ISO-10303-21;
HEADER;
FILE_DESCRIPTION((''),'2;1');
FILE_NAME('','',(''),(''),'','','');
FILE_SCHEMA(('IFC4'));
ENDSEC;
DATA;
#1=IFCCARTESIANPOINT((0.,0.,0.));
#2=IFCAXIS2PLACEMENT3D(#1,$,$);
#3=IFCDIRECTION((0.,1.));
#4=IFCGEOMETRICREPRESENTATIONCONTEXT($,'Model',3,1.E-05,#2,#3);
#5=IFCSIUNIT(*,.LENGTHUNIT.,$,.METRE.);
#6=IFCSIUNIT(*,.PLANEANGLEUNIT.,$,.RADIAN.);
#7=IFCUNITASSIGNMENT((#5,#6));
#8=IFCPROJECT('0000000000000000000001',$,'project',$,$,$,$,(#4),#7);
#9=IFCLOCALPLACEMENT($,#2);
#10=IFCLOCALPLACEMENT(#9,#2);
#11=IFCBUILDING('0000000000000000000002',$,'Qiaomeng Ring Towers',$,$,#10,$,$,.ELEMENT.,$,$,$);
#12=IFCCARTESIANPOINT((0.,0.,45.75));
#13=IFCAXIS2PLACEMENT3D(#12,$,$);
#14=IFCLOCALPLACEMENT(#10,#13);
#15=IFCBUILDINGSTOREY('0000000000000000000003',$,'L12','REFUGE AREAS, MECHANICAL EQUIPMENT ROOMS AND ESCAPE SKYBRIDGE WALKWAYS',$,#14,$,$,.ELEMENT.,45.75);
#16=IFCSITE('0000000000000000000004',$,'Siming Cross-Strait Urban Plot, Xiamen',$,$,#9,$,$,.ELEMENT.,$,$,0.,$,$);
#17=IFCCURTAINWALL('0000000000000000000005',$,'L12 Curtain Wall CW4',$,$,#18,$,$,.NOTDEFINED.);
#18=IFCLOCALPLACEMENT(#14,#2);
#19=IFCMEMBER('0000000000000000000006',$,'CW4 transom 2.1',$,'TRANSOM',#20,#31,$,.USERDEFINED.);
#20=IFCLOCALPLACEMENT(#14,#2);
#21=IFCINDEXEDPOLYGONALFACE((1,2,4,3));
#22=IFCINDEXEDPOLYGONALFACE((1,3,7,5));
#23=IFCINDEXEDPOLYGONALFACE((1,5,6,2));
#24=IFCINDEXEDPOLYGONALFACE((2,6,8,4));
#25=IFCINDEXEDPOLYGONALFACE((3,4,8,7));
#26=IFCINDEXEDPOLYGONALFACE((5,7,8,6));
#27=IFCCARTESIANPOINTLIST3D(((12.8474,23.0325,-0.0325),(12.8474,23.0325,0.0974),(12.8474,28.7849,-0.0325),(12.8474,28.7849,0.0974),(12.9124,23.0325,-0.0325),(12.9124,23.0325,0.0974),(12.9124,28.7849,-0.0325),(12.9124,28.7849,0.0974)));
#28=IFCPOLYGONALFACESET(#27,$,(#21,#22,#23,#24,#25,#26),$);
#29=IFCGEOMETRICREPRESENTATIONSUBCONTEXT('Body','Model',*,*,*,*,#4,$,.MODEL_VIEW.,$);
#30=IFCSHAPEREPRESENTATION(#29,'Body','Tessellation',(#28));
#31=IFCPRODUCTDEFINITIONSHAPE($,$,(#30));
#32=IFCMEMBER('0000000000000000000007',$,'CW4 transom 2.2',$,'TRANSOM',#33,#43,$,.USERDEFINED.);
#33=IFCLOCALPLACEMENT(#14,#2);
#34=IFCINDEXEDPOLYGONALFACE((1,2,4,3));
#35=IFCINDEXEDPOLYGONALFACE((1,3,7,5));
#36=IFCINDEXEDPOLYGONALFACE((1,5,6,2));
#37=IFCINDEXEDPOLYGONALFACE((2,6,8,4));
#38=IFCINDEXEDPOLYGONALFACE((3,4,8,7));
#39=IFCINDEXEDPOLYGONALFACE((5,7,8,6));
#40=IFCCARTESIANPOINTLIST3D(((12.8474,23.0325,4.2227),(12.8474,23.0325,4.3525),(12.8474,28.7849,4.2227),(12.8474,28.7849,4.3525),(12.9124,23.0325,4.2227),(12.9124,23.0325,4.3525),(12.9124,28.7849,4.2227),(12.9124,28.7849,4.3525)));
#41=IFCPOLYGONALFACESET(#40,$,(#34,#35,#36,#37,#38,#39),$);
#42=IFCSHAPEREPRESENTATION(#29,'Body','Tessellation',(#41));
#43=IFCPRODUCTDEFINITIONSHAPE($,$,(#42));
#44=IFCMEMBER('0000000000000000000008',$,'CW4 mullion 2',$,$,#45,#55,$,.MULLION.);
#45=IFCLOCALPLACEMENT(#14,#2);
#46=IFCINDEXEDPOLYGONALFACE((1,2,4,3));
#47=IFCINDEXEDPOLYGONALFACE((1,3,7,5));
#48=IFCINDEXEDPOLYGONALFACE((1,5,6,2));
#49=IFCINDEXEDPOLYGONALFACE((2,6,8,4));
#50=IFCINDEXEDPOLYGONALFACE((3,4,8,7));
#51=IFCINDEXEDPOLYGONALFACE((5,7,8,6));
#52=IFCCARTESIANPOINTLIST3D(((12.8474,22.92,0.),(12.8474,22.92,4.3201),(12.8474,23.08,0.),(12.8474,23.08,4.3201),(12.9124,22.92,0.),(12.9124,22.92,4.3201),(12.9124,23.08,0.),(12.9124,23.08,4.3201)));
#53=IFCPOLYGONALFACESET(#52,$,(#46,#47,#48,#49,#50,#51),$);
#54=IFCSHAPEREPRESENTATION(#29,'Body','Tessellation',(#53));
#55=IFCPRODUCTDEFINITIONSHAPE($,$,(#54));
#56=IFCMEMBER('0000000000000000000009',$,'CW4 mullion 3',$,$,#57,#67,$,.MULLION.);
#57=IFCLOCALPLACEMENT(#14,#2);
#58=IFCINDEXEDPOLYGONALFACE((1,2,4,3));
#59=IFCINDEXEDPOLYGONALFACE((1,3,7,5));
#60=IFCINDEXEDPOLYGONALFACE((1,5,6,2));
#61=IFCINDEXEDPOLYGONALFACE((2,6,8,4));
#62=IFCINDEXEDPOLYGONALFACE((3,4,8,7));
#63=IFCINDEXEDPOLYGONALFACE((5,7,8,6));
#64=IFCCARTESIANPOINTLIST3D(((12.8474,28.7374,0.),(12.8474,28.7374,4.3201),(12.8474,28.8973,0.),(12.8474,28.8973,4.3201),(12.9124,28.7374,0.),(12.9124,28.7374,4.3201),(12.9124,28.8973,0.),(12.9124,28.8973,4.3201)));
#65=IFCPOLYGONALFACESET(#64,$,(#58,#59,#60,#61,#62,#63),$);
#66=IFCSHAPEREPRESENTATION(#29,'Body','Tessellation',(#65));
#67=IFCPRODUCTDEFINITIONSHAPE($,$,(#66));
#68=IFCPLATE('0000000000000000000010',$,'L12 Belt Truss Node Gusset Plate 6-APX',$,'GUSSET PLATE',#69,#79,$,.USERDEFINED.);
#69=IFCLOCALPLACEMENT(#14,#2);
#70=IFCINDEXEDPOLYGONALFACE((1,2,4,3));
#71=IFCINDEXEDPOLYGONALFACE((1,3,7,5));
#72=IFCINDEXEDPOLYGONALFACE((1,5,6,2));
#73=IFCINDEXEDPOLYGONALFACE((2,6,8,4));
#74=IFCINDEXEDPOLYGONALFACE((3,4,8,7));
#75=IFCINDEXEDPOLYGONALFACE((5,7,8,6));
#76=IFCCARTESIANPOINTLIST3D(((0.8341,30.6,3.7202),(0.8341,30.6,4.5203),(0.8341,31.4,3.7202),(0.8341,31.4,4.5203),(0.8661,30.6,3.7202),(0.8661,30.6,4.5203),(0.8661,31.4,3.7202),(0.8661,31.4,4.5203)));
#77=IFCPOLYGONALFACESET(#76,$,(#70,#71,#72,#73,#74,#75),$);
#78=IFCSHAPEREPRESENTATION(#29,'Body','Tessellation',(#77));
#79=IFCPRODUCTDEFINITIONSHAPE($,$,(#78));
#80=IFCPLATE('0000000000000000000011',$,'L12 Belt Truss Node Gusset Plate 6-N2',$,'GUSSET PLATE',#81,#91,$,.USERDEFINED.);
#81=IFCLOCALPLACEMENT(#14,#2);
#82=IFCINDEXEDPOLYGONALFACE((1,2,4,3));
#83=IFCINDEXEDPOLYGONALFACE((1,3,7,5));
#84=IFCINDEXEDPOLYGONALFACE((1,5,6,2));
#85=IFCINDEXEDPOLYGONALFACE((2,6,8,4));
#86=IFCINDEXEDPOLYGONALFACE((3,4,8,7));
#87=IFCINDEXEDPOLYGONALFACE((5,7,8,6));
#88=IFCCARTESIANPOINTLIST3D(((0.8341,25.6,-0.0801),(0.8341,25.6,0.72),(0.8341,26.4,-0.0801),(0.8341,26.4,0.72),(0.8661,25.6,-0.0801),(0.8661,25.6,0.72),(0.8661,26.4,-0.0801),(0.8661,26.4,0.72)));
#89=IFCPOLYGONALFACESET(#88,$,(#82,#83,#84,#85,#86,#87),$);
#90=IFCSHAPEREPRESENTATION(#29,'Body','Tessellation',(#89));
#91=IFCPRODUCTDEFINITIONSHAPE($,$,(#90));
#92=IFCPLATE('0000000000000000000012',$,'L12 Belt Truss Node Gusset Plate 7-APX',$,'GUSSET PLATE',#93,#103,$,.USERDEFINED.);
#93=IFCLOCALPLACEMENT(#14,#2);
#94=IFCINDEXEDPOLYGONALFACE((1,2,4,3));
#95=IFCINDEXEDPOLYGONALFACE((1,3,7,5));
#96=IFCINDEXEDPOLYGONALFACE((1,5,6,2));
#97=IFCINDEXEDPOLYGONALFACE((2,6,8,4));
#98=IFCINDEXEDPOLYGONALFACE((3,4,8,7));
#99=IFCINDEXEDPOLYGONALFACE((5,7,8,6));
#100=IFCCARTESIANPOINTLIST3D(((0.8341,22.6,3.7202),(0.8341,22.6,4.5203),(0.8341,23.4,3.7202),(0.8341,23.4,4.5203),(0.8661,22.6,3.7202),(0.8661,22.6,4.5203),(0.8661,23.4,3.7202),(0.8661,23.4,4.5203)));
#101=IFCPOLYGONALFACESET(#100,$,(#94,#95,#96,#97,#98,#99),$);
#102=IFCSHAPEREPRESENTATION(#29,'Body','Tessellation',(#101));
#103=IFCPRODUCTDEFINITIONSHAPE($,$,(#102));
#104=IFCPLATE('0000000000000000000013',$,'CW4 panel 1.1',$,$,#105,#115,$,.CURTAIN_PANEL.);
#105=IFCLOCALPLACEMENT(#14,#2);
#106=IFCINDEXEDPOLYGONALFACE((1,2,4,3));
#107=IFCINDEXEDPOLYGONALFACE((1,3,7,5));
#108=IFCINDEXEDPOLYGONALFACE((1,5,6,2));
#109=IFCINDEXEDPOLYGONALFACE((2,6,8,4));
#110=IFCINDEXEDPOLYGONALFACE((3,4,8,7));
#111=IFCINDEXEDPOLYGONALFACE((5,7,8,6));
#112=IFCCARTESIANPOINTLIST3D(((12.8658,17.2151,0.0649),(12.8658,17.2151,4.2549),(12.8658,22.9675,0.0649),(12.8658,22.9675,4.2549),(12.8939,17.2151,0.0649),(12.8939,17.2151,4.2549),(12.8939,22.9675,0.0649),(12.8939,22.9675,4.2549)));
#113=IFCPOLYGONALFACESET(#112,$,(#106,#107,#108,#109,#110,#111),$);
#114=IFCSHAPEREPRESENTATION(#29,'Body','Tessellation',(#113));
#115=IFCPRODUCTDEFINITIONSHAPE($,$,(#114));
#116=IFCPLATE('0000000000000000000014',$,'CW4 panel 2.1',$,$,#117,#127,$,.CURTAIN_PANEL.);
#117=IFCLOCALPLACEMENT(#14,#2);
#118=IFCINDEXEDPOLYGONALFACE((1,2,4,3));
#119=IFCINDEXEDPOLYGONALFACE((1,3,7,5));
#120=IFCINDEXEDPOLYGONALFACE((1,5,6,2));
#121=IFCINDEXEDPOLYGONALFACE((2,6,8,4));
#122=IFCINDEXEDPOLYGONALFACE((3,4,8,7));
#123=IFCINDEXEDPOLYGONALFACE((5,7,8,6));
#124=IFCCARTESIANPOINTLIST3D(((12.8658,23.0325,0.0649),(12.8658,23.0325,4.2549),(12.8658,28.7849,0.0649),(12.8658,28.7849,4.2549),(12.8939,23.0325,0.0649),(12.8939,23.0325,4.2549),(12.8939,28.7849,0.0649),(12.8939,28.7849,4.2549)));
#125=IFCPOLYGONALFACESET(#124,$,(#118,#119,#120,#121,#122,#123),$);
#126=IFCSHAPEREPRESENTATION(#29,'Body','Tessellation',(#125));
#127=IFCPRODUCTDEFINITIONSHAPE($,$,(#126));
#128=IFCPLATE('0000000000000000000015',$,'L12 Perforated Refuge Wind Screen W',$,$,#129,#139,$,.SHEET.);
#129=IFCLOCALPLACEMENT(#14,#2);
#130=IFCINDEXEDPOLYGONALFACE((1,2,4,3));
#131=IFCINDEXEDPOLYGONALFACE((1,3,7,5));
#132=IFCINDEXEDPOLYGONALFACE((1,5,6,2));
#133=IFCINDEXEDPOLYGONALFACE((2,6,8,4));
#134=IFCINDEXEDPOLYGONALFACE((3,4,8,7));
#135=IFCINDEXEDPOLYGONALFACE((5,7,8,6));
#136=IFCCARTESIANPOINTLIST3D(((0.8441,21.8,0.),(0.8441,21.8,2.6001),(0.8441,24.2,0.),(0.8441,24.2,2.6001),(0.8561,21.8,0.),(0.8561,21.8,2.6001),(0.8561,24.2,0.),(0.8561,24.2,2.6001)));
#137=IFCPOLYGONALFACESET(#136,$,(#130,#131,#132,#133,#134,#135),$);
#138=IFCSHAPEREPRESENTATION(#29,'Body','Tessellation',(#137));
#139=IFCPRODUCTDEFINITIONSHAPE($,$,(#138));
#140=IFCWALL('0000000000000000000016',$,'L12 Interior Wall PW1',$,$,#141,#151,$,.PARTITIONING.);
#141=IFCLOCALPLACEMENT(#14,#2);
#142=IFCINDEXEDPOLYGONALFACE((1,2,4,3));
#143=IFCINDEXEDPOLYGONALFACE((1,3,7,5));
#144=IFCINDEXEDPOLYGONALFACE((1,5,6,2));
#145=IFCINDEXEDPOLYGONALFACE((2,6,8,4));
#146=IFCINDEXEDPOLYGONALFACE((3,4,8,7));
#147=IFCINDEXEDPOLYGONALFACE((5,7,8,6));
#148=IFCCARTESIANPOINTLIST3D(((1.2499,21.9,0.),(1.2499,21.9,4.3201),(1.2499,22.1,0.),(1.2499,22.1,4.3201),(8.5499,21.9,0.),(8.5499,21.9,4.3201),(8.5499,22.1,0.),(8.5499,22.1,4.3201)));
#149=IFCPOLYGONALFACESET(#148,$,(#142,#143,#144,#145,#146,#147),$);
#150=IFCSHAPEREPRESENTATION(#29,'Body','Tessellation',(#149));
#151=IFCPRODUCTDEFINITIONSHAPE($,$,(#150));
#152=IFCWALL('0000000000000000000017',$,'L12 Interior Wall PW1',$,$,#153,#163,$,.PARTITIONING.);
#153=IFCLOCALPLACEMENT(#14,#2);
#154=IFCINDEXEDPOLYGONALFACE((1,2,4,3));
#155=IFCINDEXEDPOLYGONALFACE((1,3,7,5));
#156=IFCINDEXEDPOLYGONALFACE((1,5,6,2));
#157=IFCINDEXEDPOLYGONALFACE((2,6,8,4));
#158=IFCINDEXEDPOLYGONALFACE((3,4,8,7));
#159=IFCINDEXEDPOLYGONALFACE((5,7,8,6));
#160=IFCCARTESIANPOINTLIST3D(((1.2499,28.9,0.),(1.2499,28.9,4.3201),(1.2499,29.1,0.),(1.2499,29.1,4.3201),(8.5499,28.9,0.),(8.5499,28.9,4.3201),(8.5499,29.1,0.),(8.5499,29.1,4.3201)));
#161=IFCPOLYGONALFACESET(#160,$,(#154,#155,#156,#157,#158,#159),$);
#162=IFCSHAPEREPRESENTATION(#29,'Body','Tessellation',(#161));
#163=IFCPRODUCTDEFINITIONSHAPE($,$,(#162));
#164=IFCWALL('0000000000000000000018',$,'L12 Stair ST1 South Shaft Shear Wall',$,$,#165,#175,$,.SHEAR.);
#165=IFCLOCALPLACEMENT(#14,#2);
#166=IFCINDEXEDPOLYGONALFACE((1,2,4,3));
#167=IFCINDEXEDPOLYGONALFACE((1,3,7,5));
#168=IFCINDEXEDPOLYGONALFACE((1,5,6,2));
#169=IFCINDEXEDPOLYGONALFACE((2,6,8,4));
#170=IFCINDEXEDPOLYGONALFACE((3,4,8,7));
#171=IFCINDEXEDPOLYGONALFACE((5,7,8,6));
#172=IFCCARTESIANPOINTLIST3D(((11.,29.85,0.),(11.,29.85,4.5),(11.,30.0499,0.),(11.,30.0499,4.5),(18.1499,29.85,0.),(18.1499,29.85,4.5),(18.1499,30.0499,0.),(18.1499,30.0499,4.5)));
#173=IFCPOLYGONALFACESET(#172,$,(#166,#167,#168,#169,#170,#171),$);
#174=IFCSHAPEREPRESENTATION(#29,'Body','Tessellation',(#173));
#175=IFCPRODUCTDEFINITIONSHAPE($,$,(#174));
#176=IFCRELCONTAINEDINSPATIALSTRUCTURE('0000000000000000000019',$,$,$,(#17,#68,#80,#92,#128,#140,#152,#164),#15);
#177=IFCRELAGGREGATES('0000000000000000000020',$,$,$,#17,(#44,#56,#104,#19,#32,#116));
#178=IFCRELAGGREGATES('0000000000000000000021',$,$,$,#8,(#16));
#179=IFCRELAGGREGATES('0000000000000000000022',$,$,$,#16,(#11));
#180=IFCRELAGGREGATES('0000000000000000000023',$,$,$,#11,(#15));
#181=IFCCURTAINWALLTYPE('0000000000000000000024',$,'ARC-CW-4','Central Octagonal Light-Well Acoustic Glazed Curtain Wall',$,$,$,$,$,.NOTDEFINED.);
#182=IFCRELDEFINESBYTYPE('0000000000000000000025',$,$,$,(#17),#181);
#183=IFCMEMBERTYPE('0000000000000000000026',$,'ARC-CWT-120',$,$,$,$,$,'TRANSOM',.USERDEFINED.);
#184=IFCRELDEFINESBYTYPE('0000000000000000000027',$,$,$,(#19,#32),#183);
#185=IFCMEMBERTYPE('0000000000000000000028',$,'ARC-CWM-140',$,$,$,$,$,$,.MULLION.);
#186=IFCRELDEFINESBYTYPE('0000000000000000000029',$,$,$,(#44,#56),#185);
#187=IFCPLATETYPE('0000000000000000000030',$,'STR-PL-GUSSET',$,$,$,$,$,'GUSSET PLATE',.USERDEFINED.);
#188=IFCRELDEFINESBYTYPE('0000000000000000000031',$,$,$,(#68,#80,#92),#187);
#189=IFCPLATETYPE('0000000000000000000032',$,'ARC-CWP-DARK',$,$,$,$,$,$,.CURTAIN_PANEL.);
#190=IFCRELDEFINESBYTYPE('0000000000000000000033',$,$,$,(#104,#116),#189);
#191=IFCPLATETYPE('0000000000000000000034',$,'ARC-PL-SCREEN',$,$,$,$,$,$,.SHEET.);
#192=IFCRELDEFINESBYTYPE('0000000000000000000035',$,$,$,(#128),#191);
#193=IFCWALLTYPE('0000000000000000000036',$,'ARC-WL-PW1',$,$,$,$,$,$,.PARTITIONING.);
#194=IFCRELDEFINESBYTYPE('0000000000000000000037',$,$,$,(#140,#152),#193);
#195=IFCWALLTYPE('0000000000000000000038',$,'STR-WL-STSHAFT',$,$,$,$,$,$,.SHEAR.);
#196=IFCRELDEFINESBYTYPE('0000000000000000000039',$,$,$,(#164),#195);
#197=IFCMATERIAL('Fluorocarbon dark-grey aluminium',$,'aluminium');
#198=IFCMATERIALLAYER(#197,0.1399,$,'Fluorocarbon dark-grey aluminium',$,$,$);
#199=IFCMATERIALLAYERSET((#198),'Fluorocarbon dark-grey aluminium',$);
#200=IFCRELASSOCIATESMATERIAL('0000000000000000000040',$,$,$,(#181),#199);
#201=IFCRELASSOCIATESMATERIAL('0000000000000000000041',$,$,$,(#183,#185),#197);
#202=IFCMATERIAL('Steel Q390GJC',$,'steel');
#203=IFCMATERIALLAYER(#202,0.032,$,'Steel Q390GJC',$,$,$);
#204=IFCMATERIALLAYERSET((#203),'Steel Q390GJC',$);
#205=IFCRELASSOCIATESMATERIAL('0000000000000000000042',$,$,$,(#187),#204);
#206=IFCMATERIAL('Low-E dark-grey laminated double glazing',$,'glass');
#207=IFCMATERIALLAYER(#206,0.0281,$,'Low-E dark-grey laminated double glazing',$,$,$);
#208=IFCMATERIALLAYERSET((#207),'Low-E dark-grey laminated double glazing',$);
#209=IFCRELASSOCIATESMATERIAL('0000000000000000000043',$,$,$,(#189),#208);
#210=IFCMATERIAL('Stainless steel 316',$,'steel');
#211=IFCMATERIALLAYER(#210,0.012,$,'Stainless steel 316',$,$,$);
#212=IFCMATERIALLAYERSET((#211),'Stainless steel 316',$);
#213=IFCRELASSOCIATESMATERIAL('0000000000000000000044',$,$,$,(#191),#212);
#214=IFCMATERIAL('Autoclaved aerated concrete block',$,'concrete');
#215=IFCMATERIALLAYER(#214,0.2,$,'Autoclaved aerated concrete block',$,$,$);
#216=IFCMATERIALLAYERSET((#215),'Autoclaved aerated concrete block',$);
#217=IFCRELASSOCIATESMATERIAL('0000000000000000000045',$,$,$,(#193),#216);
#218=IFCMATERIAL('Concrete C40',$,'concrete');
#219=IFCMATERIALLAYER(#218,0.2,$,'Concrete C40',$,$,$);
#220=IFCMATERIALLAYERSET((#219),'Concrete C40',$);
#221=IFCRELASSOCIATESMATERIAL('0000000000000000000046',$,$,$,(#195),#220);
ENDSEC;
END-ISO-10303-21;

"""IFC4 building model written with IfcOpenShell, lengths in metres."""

from ifc_helpers import new_model, si_unit, direction, frame, frame_2d, origin, origin_2d, place, context, subcontext, project, spatial, rectangle, extrude, source, transform, mapped, material, layer, layer_set, material_profile, profile_set, type_object, element, aggregate, save


model = new_model("IFC4")

# Units and contexts
model_context = context("Model", 3, precision=1e-05, world=origin(), true_north=direction((0.0, 1.0)))
body_context = subcontext(model_context, "Body", "Model", "MODEL_VIEW")
ifc_project = project(units=[si_unit("LENGTHUNIT", "METRE"), si_unit("PLANEANGLEUNIT", "RADIAN")], contexts=[model_context])

# Site, building, storey
site_placement = place(None, origin())
site = spatial("IfcSite", under=ifc_project, at=site_placement, Name="Siming Cross-Strait Urban Plot, Xiamen", CompositionType="ELEMENT", RefElevation=0.0)
building_placement = place(site_placement, origin())
building = spatial("IfcBuilding", under=site, at=building_placement, Name="Qiaomeng Ring Towers", CompositionType="ELEMENT")
storey_placement = place(building_placement, frame((0.0, 0.0, 45.75)))
storey = spatial("IfcBuildingStorey", under=building, at=storey_placement, Name="L12", Description="REFUGE AREAS, MECHANICAL EQUIPMENT ROOMS AND ESCAPE SKYBRIDGE WALKWAYS", CompositionType="ELEMENT", Elevation=45.75)

# Shared definitions
ifc_material_1 = material(Name="Steel Q390GJC", Category="steel")

# Curtain wall, members
ifc_material_2 = material(Name="Fluorocarbon dark-grey aluminium", Category="aluminium")
ifc_layer_1 = layer(ifc_material_2, 0.1399, Name="Fluorocarbon dark-grey aluminium")
ifc_layer_set_1 = layer_set([ifc_layer_1], Name="Fluorocarbon dark-grey aluminium")
curtain_wall_type = type_object("IfcCurtainWallType", Name="ARC-CW-4", Description="Central Octagonal Light-Well Acoustic Glazed Curtain Wall", PredefinedType="NOTDEFINED", material=ifc_layer_set_1)
curtain_wall_placement = place(storey_placement, origin())
curtain_wall = element("IfcCurtainWall", 1, at=curtain_wall_placement, inside=storey, type_object=curtain_wall_type, Name="L12 Curtain Wall CW4", PredefinedType="NOTDEFINED")
ifc_material_profile_1 = material_profile(ifc_material_2, rectangle(XDim=0.0649, YDim=0.1299, at=origin_2d()), Name="ALU TRAN 65x130")
ifc_profile_set_1 = profile_set([ifc_material_profile_1], Name="Fluorocarbon dark-grey aluminium")
member_type_1 = type_object("IfcMemberType", Name="ARC-CWT-120", ElementType="TRANSOM", PredefinedType="USERDEFINED", material=ifc_profile_set_1)
shared_shape_1 = source(origin(), body_context, "Body", "SweptSolid", [
    extrude(rectangle(XDim=0.0649, YDim=0.1299, at=origin_2d()), origin(), (0.0, 0.0, 1.0), 5.7524),
])
member_1_placement = place(storey_placement, frame((12.8799, 23.0325, 0.0325), z_axis=(0.0, 1.0, 0.0), x_axis=(-1.0, 0.0, 0.0)))
member_1 = element("IfcMember", 2, at=member_1_placement, type_object=member_type_1, Name="CW4 transom 2.1", ObjectType="TRANSOM", PredefinedType="USERDEFINED", context=body_context, shape_type="MappedRepresentation", body=[
    mapped(shared_shape_1, transform((0.0, 0.0, 0.0), x_axis=(1.0, 0.0, 0.0), y_axis=(0.0, 1.0, 0.0), z_axis=(0.0, 0.0, 1.0), scale=1.0)),
])
member_2_placement = place(storey_placement, frame((12.8799, 23.0325, 4.2876), z_axis=(0.0, 1.0, 0.0), x_axis=(-1.0, 0.0, 0.0)))
member_2 = element("IfcMember", 3, at=member_2_placement, type_object=member_type_1, Name="CW4 transom 2.2", ObjectType="TRANSOM", PredefinedType="USERDEFINED", context=body_context, shape_type="MappedRepresentation", body=[
    mapped(shared_shape_1, transform((0.0, 0.0, 0.0), x_axis=(1.0, 0.0, 0.0), y_axis=(0.0, 1.0, 0.0), z_axis=(0.0, 0.0, 1.0), scale=1.0)),
])
ifc_material_profile_2 = material_profile(ifc_material_2, rectangle(XDim=0.0649, YDim=0.1599, at=origin_2d()), Name="ALU MULL 65x160")
ifc_profile_set_2 = profile_set([ifc_material_profile_2], Name="Fluorocarbon dark-grey aluminium")
member_type_2 = type_object("IfcMemberType", Name="ARC-CWM-140", PredefinedType="MULLION", material=ifc_profile_set_2)
shared_shape_2 = source(origin(), body_context, "Body", "SweptSolid", [
    extrude(rectangle(XDim=0.0649, YDim=0.1599, at=origin_2d()), origin(), (0.0, 0.0, 1.0), 4.3201),
])
member_3_placement = place(storey_placement, frame((12.8799, 23.0, 0.0), z_axis=(0.0, 0.0, 1.0), x_axis=(-1.0, 0.0, 0.0)))
member_3 = element("IfcMember", 4, at=member_3_placement, type_object=member_type_2, Name="CW4 mullion 2", PredefinedType="MULLION", context=body_context, shape_type="MappedRepresentation", body=[
    mapped(shared_shape_2, transform((0.0, 0.0, 0.0), x_axis=(1.0, 0.0, 0.0), y_axis=(0.0, 1.0, 0.0), z_axis=(0.0, 0.0, 1.0), scale=1.0)),
])
member_4_placement = place(storey_placement, frame((12.8799, 28.8174, 0.0), z_axis=(0.0, 0.0, 1.0), x_axis=(-1.0, 0.0, 0.0)))
member_4 = element("IfcMember", 5, at=member_4_placement, type_object=member_type_2, Name="CW4 mullion 3", PredefinedType="MULLION", context=body_context, shape_type="MappedRepresentation", body=[
    mapped(shared_shape_2, transform((0.0, 0.0, 0.0), x_axis=(1.0, 0.0, 0.0), y_axis=(0.0, 1.0, 0.0), z_axis=(0.0, 0.0, 1.0), scale=1.0)),
])

# Plates
ifc_layer_2 = layer(ifc_material_1, 0.032, Name="Steel Q390GJC")
ifc_layer_set_2 = layer_set([ifc_layer_2], Name="Steel Q390GJC")
plate_type_1 = type_object("IfcPlateType", Name="STR-PL-GUSSET", ElementType="GUSSET PLATE", PredefinedType="USERDEFINED", material=ifc_layer_set_2)
shared_shape_3 = source(origin(), body_context, "Body", "SweptSolid", [
    extrude(rectangle(XDim=0.8, YDim=0.032, at=origin_2d()), origin(), (0.0, 0.0, 1.0), 0.8),
])
for number, where, z_axis, x_axis, name in (
    (6, (0.8501, 31.0, 3.7202), (0.0, 0.0, 1.0), (0.0, -1.0, 0.0), "L12 Belt Truss Node Gusset Plate 6-APX"),
    (7, (0.8501, 26.0, -0.0801), (0.0, 0.0, 1.0), (0.0, -1.0, 0.0), "L12 Belt Truss Node Gusset Plate 6-N2"),
    (8, (0.8501, 23.0, 3.7202), (0.0, 0.0, 1.0), (0.0, -1.0, 0.0), "L12 Belt Truss Node Gusset Plate 7-APX"),
):
    element("IfcPlate", number, at=place(storey_placement, frame(where, z_axis=z_axis, x_axis=x_axis)), inside=storey, type_object=plate_type_1, Name=name, ObjectType="GUSSET PLATE", PredefinedType="USERDEFINED", context=body_context, shape_type="MappedRepresentation", body=[
        mapped(shared_shape_3, transform((0.0, 0.0, 0.0), x_axis=(1.0, 0.0, 0.0), y_axis=(0.0, 1.0, 0.0), z_axis=(0.0, 0.0, 1.0), scale=1.0)),
    ])

# Plates
ifc_material_3 = material(Name="Low-E dark-grey laminated double glazing", Category="glass")
ifc_layer_3 = layer(ifc_material_3, 0.0281, Name="Low-E dark-grey laminated double glazing")
ifc_layer_set_3 = layer_set([ifc_layer_3], Name="Low-E dark-grey laminated double glazing")
plate_type_2 = type_object("IfcPlateType", Name="ARC-CWP-DARK", PredefinedType="CURTAIN_PANEL", material=ifc_layer_set_3)
shared_shape_4 = source(origin(), body_context, "Body", "SweptSolid", [
    extrude(rectangle(XDim=5.7524, YDim=0.0281, at=origin_2d()), origin(), (0.0, 0.0, 1.0), 4.1899),
])
plate_1_placement = place(storey_placement, frame((12.8799, 20.0913, 0.0649), z_axis=(0.0, 0.0, 1.0), x_axis=(0.0, 1.0, 0.0)))
plate_1 = element("IfcPlate", 9, at=plate_1_placement, type_object=plate_type_2, Name="CW4 panel 1.1", PredefinedType="CURTAIN_PANEL", context=body_context, shape_type="MappedRepresentation", body=[
    mapped(shared_shape_4, transform((0.0, 0.0, 0.0), x_axis=(1.0, 0.0, 0.0), y_axis=(0.0, 1.0, 0.0), z_axis=(0.0, 0.0, 1.0), scale=1.0)),
])
plate_2_placement = place(storey_placement, frame((12.8799, 25.9087, 0.0649), z_axis=(0.0, 0.0, 1.0), x_axis=(0.0, 1.0, 0.0)))
plate_2 = element("IfcPlate", 10, at=plate_2_placement, type_object=plate_type_2, Name="CW4 panel 2.1", PredefinedType="CURTAIN_PANEL", context=body_context, shape_type="MappedRepresentation", body=[
    mapped(shared_shape_4, transform((0.0, 0.0, 0.0), x_axis=(1.0, 0.0, 0.0), y_axis=(0.0, 1.0, 0.0), z_axis=(0.0, 0.0, 1.0), scale=1.0)),
])
aggregate(curtain_wall, [member_3, member_4, plate_1, member_1, member_2, plate_2])
ifc_material_4 = material(Name="Stainless steel 316", Category="steel")
ifc_layer_4 = layer(ifc_material_4, 0.012, Name="Stainless steel 316")
ifc_layer_set_4 = layer_set([ifc_layer_4], Name="Stainless steel 316")
plate_type_3 = type_object("IfcPlateType", Name="ARC-PL-SCREEN", PredefinedType="SHEET", material=ifc_layer_set_4)
shared_shape_5 = source(origin(), body_context, "Body", "SweptSolid", [
    extrude(rectangle(XDim=2.3999, YDim=0.012, at=origin_2d()), origin(), (0.0, 0.0, 1.0), 2.6001),
])
plate_3_placement = place(storey_placement, frame((0.8501, 23.0, 0.0), z_axis=(0.0, 0.0, 1.0), x_axis=(0.0, -1.0, 0.0)))
element("IfcPlate", 11, at=plate_3_placement, inside=storey, type_object=plate_type_3, Name="L12 Perforated Refuge Wind Screen W", PredefinedType="SHEET", context=body_context, shape_type="MappedRepresentation", body=[
    mapped(shared_shape_5, transform((0.0, 0.0, 0.0), x_axis=(1.0, 0.0, 0.0), y_axis=(0.0, 1.0, 0.0), z_axis=(0.0, 0.0, 1.0), scale=1.0)),
])

# Walls
ifc_material_5 = material(Name="Autoclaved aerated concrete block", Category="concrete")
ifc_layer_5 = layer(ifc_material_5, 0.2, Name="Autoclaved aerated concrete block")
ifc_layer_set_5 = layer_set([ifc_layer_5], Name="Autoclaved aerated concrete block")
wall_type_1 = type_object("IfcWallType", Name="ARC-WL-PW1", PredefinedType="PARTITIONING", material=ifc_layer_set_5)
for number, where, z_axis, x_axis, name in (
    (12, (1.25, 22.0, 0.0), (0.0, 0.0, 1.0), (1.0, 0.0, 0.0), "L12 Interior Wall PW1"),
    (13, (1.25, 29.0, 0.0), (0.0, 0.0, 1.0), (1.0, 0.0, 0.0), "L12 Interior Wall PW1"),
):
    element("IfcWall", number, at=place(storey_placement, frame(where, z_axis=z_axis, x_axis=x_axis)), inside=storey, type_object=wall_type_1, Name=name, PredefinedType="PARTITIONING", context=body_context, shape_type="SweptSolid", body=[
        extrude(rectangle(XDim=7.3, YDim=0.2, at=frame_2d((3.6499, 0.0))), origin(), (0.0, 0.0, 1.0), 4.3201),
    ])
ifc_material_6 = material(Name="Concrete C40", Category="concrete")
ifc_layer_6 = layer(ifc_material_6, 0.2, Name="Concrete C40")
ifc_layer_set_6 = layer_set([ifc_layer_6], Name="Concrete C40")
wall_type_2 = type_object("IfcWallType", Name="STR-WL-STSHAFT", PredefinedType="SHEAR", material=ifc_layer_set_6)
wall_1_placement = place(storey_placement, frame((11.0, 29.95, 0.0), z_axis=(0.0, 0.0, 1.0), x_axis=(1.0, 0.0, 0.0)))
element("IfcWall", 14, at=wall_1_placement, inside=storey, type_object=wall_type_2, Name="L12 Stair ST1 South Shaft Shear Wall", PredefinedType="SHEAR", context=body_context, shape_type="SweptSolid", body=[
    extrude(rectangle(XDim=7.1499, YDim=0.2, at=frame_2d((3.575, 0.0))), origin(), (0.0, 0.0, 1.0), 4.5),
])

save(model, "model.ifc")
